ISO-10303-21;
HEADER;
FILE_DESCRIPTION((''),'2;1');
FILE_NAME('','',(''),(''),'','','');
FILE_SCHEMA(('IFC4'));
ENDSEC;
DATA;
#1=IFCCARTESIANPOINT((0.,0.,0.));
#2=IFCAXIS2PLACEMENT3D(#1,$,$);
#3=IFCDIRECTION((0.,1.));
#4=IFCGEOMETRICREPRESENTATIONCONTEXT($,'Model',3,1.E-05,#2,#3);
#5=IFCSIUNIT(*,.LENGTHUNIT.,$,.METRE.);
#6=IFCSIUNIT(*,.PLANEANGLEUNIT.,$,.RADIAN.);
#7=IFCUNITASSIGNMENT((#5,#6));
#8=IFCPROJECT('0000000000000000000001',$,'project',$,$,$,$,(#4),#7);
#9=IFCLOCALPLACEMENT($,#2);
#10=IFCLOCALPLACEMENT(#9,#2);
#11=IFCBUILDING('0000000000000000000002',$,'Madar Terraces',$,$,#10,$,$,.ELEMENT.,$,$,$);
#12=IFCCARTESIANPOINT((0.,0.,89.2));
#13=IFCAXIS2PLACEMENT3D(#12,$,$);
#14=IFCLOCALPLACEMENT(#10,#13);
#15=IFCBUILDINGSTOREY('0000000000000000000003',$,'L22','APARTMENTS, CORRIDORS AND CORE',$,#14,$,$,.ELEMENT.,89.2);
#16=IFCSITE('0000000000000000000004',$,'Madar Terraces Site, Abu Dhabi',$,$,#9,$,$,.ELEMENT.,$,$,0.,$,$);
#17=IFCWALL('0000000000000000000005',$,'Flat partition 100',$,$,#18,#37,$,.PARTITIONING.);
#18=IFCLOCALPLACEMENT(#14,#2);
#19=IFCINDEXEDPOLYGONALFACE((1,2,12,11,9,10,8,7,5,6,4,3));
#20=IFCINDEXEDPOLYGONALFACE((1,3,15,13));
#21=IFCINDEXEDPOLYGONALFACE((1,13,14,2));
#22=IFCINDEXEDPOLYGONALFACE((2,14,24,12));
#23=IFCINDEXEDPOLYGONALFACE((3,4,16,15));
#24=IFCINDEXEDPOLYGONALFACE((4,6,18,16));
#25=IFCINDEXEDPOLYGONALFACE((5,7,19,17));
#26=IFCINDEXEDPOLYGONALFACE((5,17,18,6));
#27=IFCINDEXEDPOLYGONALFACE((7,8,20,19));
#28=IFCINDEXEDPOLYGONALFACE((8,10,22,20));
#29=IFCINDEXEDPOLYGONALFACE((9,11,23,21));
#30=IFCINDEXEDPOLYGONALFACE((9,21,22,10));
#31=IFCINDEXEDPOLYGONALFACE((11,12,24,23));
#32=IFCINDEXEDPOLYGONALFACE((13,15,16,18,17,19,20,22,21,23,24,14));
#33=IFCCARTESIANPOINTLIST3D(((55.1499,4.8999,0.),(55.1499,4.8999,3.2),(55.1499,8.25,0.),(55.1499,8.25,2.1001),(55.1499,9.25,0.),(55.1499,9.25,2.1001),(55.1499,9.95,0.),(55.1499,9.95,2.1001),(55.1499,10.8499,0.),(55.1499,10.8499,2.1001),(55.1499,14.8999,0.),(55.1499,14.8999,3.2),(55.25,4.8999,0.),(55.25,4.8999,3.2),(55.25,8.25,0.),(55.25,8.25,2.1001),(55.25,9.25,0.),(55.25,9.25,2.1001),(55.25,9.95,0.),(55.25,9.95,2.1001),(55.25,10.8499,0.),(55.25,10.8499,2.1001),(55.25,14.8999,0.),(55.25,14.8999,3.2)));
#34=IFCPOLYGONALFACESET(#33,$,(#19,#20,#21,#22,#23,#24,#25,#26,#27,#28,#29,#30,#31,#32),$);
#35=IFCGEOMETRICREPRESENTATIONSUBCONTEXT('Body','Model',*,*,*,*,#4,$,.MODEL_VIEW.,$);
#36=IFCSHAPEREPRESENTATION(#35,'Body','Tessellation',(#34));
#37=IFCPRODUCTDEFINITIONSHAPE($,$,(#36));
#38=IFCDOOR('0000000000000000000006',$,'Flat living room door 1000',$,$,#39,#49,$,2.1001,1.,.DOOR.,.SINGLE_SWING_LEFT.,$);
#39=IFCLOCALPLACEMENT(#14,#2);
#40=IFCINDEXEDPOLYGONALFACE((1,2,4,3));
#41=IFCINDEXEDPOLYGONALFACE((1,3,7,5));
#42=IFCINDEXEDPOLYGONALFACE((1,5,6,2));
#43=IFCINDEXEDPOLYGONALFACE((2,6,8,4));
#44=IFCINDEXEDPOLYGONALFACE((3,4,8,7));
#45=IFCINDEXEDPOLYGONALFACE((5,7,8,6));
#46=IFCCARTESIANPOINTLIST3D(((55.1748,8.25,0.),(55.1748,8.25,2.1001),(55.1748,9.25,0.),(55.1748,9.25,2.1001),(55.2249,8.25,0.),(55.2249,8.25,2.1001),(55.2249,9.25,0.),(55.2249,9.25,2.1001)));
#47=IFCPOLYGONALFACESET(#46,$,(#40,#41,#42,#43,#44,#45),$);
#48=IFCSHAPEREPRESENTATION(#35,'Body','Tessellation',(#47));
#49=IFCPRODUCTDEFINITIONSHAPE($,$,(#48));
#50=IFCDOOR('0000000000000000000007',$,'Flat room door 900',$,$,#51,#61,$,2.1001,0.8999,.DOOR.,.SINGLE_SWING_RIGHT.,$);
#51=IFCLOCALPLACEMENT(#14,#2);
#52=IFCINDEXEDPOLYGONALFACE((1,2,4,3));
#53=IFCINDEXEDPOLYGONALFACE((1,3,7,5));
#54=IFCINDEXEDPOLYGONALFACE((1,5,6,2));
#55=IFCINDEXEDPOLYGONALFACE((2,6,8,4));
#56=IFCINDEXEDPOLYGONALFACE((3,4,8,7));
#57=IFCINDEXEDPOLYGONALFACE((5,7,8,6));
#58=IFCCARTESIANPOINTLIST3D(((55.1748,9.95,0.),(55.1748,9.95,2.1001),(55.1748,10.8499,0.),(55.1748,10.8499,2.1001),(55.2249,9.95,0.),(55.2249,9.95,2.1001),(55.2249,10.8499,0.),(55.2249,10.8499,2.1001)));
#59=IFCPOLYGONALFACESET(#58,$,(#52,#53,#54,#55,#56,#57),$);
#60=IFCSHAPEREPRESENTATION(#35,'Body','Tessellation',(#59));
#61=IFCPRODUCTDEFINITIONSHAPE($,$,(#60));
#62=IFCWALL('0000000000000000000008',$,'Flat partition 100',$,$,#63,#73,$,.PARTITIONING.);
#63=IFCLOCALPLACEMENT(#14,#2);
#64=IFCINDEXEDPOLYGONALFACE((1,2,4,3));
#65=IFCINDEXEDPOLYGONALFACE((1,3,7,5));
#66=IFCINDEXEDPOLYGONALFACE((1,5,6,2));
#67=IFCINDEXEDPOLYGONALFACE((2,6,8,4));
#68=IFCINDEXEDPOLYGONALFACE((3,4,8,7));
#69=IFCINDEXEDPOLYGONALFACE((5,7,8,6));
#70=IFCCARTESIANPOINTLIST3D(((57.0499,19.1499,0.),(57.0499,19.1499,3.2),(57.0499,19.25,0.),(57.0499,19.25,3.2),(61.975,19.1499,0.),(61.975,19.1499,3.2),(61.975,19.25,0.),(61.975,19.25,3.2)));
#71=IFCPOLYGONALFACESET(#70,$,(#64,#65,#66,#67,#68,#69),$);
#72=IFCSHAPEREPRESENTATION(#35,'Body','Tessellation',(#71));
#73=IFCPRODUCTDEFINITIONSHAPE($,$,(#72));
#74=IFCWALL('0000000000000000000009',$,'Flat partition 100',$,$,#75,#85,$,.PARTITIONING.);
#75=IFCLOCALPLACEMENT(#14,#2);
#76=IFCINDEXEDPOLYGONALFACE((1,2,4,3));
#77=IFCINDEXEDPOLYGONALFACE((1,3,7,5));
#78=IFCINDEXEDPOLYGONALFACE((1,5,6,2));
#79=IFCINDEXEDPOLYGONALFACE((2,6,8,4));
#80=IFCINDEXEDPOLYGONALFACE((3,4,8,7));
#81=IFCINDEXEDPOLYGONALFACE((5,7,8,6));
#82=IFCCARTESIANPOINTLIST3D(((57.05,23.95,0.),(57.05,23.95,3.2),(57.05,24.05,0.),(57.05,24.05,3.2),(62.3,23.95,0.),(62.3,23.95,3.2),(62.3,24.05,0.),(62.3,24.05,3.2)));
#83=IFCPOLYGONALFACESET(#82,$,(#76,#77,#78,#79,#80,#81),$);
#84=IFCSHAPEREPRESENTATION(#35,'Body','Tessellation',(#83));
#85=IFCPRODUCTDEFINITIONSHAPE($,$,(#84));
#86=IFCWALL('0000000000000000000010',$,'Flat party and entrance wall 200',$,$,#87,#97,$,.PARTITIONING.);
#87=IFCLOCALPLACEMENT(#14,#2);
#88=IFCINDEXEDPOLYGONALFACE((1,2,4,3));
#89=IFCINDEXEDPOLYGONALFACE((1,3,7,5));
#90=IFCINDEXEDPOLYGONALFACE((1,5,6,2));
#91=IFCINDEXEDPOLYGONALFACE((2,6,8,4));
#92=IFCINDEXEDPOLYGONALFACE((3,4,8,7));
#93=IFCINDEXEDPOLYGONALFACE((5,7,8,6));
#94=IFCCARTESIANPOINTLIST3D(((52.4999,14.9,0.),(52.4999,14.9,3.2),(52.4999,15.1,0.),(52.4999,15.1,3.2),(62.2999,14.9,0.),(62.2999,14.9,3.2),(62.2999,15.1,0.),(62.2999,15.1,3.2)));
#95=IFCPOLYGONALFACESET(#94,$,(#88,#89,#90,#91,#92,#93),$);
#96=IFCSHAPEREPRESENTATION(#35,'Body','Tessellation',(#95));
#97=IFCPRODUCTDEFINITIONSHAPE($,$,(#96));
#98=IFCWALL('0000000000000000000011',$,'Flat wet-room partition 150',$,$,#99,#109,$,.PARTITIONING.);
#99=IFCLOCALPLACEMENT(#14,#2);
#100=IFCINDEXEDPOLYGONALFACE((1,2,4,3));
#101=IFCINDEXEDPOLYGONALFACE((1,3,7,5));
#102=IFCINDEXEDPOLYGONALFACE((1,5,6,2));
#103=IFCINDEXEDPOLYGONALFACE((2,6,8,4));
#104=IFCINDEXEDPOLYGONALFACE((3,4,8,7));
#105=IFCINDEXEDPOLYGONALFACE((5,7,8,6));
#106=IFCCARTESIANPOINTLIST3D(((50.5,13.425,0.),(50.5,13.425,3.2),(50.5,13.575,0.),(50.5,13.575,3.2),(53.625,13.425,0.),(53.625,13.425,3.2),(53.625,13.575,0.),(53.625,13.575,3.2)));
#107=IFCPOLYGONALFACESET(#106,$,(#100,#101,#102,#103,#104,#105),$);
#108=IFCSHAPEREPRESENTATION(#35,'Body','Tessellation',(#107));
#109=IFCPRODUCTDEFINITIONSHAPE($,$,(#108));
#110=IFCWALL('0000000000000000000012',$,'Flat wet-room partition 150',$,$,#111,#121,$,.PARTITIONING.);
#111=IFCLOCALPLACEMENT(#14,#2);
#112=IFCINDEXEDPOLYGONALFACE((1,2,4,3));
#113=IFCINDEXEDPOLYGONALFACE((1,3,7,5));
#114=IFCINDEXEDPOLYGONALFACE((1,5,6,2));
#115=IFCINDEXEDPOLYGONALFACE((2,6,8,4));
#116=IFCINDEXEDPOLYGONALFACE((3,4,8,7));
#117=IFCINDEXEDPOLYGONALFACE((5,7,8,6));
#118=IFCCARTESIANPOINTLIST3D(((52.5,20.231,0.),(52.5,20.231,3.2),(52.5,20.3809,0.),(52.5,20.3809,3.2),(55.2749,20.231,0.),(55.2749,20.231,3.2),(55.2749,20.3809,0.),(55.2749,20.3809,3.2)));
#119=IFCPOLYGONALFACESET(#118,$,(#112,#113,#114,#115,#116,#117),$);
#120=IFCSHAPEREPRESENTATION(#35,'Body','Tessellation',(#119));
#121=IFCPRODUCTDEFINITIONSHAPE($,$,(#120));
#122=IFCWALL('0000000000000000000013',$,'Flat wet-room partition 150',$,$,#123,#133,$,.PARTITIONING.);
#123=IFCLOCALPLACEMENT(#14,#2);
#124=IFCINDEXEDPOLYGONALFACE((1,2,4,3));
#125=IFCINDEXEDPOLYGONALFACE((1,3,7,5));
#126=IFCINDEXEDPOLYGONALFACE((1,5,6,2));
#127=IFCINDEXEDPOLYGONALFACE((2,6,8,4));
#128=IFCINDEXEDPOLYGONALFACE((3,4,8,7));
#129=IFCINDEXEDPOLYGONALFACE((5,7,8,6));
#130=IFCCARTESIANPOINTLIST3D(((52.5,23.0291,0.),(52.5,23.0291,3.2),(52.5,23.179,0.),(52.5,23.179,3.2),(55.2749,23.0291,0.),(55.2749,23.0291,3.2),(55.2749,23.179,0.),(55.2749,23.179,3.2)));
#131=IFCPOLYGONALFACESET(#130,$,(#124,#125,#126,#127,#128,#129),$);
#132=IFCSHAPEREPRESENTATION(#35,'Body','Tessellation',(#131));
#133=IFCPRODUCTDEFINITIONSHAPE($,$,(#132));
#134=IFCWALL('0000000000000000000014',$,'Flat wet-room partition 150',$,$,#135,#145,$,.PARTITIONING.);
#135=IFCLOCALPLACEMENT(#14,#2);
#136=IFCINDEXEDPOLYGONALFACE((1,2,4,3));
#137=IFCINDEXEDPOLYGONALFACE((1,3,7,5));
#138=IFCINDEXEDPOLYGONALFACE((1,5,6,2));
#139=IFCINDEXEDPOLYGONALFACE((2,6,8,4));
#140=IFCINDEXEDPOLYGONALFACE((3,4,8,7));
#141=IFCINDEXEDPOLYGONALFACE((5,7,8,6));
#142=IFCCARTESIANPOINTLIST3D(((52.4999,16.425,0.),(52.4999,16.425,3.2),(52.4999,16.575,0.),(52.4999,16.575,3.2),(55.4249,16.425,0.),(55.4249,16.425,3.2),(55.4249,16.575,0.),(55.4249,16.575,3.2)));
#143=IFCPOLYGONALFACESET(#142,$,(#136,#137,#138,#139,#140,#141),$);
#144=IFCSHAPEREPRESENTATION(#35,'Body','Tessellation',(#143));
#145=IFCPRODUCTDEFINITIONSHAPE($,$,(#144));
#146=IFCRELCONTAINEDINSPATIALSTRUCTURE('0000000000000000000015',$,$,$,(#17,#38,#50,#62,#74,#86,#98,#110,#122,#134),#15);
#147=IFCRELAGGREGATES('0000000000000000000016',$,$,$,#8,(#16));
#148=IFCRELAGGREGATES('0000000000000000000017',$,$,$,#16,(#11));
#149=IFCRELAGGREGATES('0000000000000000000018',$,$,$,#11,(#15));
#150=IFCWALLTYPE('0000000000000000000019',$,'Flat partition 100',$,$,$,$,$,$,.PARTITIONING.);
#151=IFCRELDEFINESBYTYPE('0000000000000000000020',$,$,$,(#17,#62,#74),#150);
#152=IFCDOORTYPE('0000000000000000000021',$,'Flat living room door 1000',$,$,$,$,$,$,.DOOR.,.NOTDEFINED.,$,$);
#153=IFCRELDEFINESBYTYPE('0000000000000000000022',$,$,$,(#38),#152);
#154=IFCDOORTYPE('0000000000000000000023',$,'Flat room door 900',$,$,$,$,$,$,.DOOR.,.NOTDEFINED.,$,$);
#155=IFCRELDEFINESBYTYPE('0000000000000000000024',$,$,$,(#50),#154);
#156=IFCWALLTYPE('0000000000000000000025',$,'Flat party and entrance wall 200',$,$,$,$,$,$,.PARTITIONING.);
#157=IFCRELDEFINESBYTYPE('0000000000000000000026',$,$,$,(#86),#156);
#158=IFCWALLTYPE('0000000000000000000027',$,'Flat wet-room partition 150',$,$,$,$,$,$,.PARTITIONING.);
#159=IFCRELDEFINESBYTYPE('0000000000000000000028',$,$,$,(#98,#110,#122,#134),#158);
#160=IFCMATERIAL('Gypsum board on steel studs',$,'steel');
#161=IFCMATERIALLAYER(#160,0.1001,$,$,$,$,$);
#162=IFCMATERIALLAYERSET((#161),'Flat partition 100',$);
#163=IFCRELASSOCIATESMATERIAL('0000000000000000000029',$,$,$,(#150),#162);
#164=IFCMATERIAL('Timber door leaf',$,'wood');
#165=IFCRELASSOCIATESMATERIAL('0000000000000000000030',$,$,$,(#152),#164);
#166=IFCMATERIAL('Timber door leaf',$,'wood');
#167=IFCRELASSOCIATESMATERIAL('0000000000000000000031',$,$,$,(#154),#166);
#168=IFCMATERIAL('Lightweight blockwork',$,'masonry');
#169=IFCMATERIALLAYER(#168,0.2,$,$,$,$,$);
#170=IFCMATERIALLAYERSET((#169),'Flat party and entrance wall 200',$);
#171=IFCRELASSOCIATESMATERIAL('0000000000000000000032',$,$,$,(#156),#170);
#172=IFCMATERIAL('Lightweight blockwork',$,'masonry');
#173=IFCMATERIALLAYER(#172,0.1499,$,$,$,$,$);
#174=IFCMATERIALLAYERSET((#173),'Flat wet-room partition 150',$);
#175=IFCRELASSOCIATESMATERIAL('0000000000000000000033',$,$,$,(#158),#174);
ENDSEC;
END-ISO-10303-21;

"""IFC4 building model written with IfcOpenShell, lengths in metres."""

from ifc_helpers import new_model, si_unit, direction, frame, frame_2d, origin, place, context, subcontext, project, spatial, rectangle, extrude, material, layer, layer_set, type_object, element, fill, save


model = new_model("IFC4")

# Units and contexts
model_context = context("Model", 3, precision=1e-05, world=origin(), true_north=direction((0.0, 1.0)))
body_context = subcontext(model_context, "Body", "Model", "MODEL_VIEW")
ifc_project = project(units=[si_unit("LENGTHUNIT", "METRE"), si_unit("PLANEANGLEUNIT", "RADIAN")], contexts=[model_context])

# Site, building, storey
site_placement = place(None, origin())
site = spatial("IfcSite", under=ifc_project, at=site_placement, Name="Madar Terraces Site, Abu Dhabi", CompositionType="ELEMENT", RefElevation=0.0)
building_placement = place(site_placement, origin())
building = spatial("IfcBuilding", under=site, at=building_placement, Name="Madar Terraces", CompositionType="ELEMENT")
storey_placement = place(building_placement, frame((0.0, 0.0, 89.2)))
storey = spatial("IfcBuildingStorey", under=building, at=storey_placement, Name="L22", Description="APARTMENTS, CORRIDORS AND CORE", CompositionType="ELEMENT", Elevation=89.2)

# Wall, openings, doors
ifc_material_1 = material(Name="Gypsum board on steel studs", Category="steel")
ifc_layer_1 = layer(ifc_material_1, 0.1001)
ifc_layer_set_1 = layer_set([ifc_layer_1], Name="Flat partition 100")
wall_type_1 = type_object("IfcWallType", Name="Flat partition 100", PredefinedType="PARTITIONING", material=ifc_layer_set_1)
wall_1_placement = place(storey_placement, frame((55.2, 14.8999, 0.0), z_axis=(0.0, 0.0, 1.0), x_axis=(0.0, -1.0, 0.0)))
wall_1 = element("IfcWall", 1, at=wall_1_placement, inside=storey, type_object=wall_type_1, Name="Flat partition 100", PredefinedType="PARTITIONING", context=body_context, shape_type="SweptSolid", body=[
    extrude(rectangle(XDim=10.0, YDim=0.1001, at=frame_2d((5.0, 0.0))), origin(), (0.0, 0.0, 1.0), 3.2),
])
opening_1_placement = place(wall_1_placement, frame((4.05, 0.0, 0.0)))
opening_1 = element("IfcOpeningElement", 2, at=opening_1_placement, cuts=wall_1, PredefinedType="OPENING", context=body_context, shape_type="SweptSolid", body=[
    extrude(rectangle(XDim=0.8999, YDim=2.1001, at=frame_2d((0.45, 1.05))), frame((0.0, 0.0601, 0.0), z_axis=(0.0, -1.0, 0.0), x_axis=(1.0, 0.0, 0.0)), (0.0, 0.0, 1.0), 0.1201),
])
opening_2_placement = place(wall_1_placement, frame((5.6499, 0.0, 0.0)))
opening_2 = element("IfcOpeningElement", 3, at=opening_2_placement, cuts=wall_1, PredefinedType="OPENING", context=body_context, shape_type="SweptSolid", body=[
    extrude(rectangle(XDim=1.0, YDim=2.1001, at=frame_2d((0.5, 1.05))), frame((0.0, 0.0601, 0.0), z_axis=(0.0, -1.0, 0.0), x_axis=(1.0, 0.0, 0.0)), (0.0, 0.0, 1.0), 0.1201),
])
ifc_material_2 = material(Name="Timber door leaf", Category="wood")
door_type_1 = type_object("IfcDoorType", Name="Flat living room door 1000", OperationType="NOTDEFINED", PredefinedType="DOOR", material=ifc_material_2)
door_1_placement = place(opening_2_placement, origin())
door_1 = element("IfcDoor", 4, at=door_1_placement, inside=storey, type_object=door_type_1, Name="Flat living room door 1000", OperationType="SINGLE_SWING_LEFT", OverallHeight=2.1001, OverallWidth=1.0, PredefinedType="DOOR", context=body_context, shape_type="SweptSolid", body=[
    extrude(rectangle(XDim=1.0, YDim=2.1001, at=frame_2d((0.5, 1.05))), frame((0.0, 0.0249, 0.0), z_axis=(0.0, -1.0, 0.0), x_axis=(1.0, 0.0, 0.0)), (0.0, 0.0, 1.0), 0.05),
])
fill(opening_2, door_1)
ifc_material_3 = material(Name="Timber door leaf", Category="wood")
door_type_2 = type_object("IfcDoorType", Name="Flat room door 900", OperationType="NOTDEFINED", PredefinedType="DOOR", material=ifc_material_3)
door_2_placement = place(opening_1_placement, origin())
door_2 = element("IfcDoor", 5, at=door_2_placement, inside=storey, type_object=door_type_2, Name="Flat room door 900", OperationType="SINGLE_SWING_RIGHT", OverallHeight=2.1001, OverallWidth=0.8999, PredefinedType="DOOR", context=body_context, shape_type="SweptSolid", body=[
    extrude(rectangle(XDim=0.8999, YDim=2.1001, at=frame_2d((0.45, 1.05))), frame((0.0, 0.0249, 0.0), z_axis=(0.0, -1.0, 0.0), x_axis=(1.0, 0.0, 0.0)), (0.0, 0.0, 1.0), 0.05),
])
fill(opening_1, door_2)

# Walls
wall_2_placement = place(storey_placement, frame((57.05, 19.2, 0.0), z_axis=(0.0, 0.0, 1.0), x_axis=(1.0, 0.0, 0.0)))
element("IfcWall", 6, at=wall_2_placement, inside=storey, type_object=wall_type_1, Name="Flat partition 100", PredefinedType="PARTITIONING", context=body_context, shape_type="SweptSolid", body=[
    extrude(rectangle(XDim=4.925, YDim=0.1001, at=frame_2d((2.4624, 0.0))), origin(), (0.0, 0.0, 1.0), 3.2),
])
wall_3_placement = place(storey_placement, frame((57.05, 24.0, 0.0), z_axis=(0.0, 0.0, 1.0), x_axis=(1.0, 0.0, 0.0)))
element("IfcWall", 7, at=wall_3_placement, inside=storey, type_object=wall_type_1, Name="Flat partition 100", PredefinedType="PARTITIONING", context=body_context, shape_type="SweptSolid", body=[
    extrude(rectangle(XDim=5.25, YDim=0.1001, at=frame_2d((2.625, 0.0))), origin(), (0.0, 0.0, 1.0), 3.2),
])
ifc_material_4 = material(Name="Lightweight blockwork", Category="masonry")
ifc_layer_2 = layer(ifc_material_4, 0.2)
ifc_layer_set_2 = layer_set([ifc_layer_2], Name="Flat party and entrance wall 200")
wall_type_2 = type_object("IfcWallType", Name="Flat party and entrance wall 200", PredefinedType="PARTITIONING", material=ifc_layer_set_2)
wall_4_placement = place(storey_placement, frame((52.5, 15.0, 0.0), z_axis=(0.0, 0.0, 1.0), x_axis=(1.0, 0.0, 0.0)))
element("IfcWall", 8, at=wall_4_placement, inside=storey, type_object=wall_type_2, Name="Flat party and entrance wall 200", PredefinedType="PARTITIONING", context=body_context, shape_type="SweptSolid", body=[
    extrude(rectangle(XDim=9.8, YDim=0.2, at=frame_2d((4.8999, 0.0))), origin(), (0.0, 0.0, 1.0), 3.2),
])
ifc_material_5 = material(Name="Lightweight blockwork", Category="masonry")
ifc_layer_3 = layer(ifc_material_5, 0.1499)
ifc_layer_set_3 = layer_set([ifc_layer_3], Name="Flat wet-room partition 150")
wall_type_3 = type_object("IfcWallType", Name="Flat wet-room partition 150", PredefinedType="PARTITIONING", material=ifc_layer_set_3)
wall_5_placement = place(storey_placement, frame((50.5, 13.5, 0.0), z_axis=(0.0, 0.0, 1.0), x_axis=(1.0, 0.0, 0.0)))
element("IfcWall", 9, at=wall_5_placement, inside=storey, type_object=wall_type_3, Name="Flat wet-room partition 150", PredefinedType="PARTITIONING", context=body_context, shape_type="SweptSolid", body=[
    extrude(rectangle(XDim=3.125, YDim=0.1499, at=frame_2d((1.5625, 0.0))), origin(), (0.0, 0.0, 1.0), 3.2),
])
for number, where, z_axis, x_axis, name in (
    (10, (52.5, 20.3059, 0.0), (0.0, 0.0, 1.0), (1.0, 0.0, 0.0), "Flat wet-room partition 150"),
    (11, (52.5, 23.104, 0.0), (0.0, 0.0, 1.0), (1.0, 0.0, 0.0), "Flat wet-room partition 150"),
):
    element("IfcWall", number, at=place(storey_placement, frame(where, z_axis=z_axis, x_axis=x_axis)), inside=storey, type_object=wall_type_3, Name=name, PredefinedType="PARTITIONING", context=body_context, shape_type="SweptSolid", body=[
        extrude(rectangle(XDim=2.7749, YDim=0.1499, at=frame_2d((1.3875, 0.0))), origin(), (0.0, 0.0, 1.0), 3.2),
    ])
wall_6_placement = place(storey_placement, frame((52.5, 16.5, 0.0), z_axis=(0.0, 0.0, 1.0), x_axis=(1.0, 0.0, 0.0)))
element("IfcWall", 12, at=wall_6_placement, inside=storey, type_object=wall_type_3, Name="Flat wet-room partition 150", PredefinedType="PARTITIONING", context=body_context, shape_type="SweptSolid", body=[
    extrude(rectangle(XDim=2.925, YDim=0.1499, at=frame_2d((1.4624, 0.0))), origin(), (0.0, 0.0, 1.0), 3.2),
])

save(model, "model.ifc")
